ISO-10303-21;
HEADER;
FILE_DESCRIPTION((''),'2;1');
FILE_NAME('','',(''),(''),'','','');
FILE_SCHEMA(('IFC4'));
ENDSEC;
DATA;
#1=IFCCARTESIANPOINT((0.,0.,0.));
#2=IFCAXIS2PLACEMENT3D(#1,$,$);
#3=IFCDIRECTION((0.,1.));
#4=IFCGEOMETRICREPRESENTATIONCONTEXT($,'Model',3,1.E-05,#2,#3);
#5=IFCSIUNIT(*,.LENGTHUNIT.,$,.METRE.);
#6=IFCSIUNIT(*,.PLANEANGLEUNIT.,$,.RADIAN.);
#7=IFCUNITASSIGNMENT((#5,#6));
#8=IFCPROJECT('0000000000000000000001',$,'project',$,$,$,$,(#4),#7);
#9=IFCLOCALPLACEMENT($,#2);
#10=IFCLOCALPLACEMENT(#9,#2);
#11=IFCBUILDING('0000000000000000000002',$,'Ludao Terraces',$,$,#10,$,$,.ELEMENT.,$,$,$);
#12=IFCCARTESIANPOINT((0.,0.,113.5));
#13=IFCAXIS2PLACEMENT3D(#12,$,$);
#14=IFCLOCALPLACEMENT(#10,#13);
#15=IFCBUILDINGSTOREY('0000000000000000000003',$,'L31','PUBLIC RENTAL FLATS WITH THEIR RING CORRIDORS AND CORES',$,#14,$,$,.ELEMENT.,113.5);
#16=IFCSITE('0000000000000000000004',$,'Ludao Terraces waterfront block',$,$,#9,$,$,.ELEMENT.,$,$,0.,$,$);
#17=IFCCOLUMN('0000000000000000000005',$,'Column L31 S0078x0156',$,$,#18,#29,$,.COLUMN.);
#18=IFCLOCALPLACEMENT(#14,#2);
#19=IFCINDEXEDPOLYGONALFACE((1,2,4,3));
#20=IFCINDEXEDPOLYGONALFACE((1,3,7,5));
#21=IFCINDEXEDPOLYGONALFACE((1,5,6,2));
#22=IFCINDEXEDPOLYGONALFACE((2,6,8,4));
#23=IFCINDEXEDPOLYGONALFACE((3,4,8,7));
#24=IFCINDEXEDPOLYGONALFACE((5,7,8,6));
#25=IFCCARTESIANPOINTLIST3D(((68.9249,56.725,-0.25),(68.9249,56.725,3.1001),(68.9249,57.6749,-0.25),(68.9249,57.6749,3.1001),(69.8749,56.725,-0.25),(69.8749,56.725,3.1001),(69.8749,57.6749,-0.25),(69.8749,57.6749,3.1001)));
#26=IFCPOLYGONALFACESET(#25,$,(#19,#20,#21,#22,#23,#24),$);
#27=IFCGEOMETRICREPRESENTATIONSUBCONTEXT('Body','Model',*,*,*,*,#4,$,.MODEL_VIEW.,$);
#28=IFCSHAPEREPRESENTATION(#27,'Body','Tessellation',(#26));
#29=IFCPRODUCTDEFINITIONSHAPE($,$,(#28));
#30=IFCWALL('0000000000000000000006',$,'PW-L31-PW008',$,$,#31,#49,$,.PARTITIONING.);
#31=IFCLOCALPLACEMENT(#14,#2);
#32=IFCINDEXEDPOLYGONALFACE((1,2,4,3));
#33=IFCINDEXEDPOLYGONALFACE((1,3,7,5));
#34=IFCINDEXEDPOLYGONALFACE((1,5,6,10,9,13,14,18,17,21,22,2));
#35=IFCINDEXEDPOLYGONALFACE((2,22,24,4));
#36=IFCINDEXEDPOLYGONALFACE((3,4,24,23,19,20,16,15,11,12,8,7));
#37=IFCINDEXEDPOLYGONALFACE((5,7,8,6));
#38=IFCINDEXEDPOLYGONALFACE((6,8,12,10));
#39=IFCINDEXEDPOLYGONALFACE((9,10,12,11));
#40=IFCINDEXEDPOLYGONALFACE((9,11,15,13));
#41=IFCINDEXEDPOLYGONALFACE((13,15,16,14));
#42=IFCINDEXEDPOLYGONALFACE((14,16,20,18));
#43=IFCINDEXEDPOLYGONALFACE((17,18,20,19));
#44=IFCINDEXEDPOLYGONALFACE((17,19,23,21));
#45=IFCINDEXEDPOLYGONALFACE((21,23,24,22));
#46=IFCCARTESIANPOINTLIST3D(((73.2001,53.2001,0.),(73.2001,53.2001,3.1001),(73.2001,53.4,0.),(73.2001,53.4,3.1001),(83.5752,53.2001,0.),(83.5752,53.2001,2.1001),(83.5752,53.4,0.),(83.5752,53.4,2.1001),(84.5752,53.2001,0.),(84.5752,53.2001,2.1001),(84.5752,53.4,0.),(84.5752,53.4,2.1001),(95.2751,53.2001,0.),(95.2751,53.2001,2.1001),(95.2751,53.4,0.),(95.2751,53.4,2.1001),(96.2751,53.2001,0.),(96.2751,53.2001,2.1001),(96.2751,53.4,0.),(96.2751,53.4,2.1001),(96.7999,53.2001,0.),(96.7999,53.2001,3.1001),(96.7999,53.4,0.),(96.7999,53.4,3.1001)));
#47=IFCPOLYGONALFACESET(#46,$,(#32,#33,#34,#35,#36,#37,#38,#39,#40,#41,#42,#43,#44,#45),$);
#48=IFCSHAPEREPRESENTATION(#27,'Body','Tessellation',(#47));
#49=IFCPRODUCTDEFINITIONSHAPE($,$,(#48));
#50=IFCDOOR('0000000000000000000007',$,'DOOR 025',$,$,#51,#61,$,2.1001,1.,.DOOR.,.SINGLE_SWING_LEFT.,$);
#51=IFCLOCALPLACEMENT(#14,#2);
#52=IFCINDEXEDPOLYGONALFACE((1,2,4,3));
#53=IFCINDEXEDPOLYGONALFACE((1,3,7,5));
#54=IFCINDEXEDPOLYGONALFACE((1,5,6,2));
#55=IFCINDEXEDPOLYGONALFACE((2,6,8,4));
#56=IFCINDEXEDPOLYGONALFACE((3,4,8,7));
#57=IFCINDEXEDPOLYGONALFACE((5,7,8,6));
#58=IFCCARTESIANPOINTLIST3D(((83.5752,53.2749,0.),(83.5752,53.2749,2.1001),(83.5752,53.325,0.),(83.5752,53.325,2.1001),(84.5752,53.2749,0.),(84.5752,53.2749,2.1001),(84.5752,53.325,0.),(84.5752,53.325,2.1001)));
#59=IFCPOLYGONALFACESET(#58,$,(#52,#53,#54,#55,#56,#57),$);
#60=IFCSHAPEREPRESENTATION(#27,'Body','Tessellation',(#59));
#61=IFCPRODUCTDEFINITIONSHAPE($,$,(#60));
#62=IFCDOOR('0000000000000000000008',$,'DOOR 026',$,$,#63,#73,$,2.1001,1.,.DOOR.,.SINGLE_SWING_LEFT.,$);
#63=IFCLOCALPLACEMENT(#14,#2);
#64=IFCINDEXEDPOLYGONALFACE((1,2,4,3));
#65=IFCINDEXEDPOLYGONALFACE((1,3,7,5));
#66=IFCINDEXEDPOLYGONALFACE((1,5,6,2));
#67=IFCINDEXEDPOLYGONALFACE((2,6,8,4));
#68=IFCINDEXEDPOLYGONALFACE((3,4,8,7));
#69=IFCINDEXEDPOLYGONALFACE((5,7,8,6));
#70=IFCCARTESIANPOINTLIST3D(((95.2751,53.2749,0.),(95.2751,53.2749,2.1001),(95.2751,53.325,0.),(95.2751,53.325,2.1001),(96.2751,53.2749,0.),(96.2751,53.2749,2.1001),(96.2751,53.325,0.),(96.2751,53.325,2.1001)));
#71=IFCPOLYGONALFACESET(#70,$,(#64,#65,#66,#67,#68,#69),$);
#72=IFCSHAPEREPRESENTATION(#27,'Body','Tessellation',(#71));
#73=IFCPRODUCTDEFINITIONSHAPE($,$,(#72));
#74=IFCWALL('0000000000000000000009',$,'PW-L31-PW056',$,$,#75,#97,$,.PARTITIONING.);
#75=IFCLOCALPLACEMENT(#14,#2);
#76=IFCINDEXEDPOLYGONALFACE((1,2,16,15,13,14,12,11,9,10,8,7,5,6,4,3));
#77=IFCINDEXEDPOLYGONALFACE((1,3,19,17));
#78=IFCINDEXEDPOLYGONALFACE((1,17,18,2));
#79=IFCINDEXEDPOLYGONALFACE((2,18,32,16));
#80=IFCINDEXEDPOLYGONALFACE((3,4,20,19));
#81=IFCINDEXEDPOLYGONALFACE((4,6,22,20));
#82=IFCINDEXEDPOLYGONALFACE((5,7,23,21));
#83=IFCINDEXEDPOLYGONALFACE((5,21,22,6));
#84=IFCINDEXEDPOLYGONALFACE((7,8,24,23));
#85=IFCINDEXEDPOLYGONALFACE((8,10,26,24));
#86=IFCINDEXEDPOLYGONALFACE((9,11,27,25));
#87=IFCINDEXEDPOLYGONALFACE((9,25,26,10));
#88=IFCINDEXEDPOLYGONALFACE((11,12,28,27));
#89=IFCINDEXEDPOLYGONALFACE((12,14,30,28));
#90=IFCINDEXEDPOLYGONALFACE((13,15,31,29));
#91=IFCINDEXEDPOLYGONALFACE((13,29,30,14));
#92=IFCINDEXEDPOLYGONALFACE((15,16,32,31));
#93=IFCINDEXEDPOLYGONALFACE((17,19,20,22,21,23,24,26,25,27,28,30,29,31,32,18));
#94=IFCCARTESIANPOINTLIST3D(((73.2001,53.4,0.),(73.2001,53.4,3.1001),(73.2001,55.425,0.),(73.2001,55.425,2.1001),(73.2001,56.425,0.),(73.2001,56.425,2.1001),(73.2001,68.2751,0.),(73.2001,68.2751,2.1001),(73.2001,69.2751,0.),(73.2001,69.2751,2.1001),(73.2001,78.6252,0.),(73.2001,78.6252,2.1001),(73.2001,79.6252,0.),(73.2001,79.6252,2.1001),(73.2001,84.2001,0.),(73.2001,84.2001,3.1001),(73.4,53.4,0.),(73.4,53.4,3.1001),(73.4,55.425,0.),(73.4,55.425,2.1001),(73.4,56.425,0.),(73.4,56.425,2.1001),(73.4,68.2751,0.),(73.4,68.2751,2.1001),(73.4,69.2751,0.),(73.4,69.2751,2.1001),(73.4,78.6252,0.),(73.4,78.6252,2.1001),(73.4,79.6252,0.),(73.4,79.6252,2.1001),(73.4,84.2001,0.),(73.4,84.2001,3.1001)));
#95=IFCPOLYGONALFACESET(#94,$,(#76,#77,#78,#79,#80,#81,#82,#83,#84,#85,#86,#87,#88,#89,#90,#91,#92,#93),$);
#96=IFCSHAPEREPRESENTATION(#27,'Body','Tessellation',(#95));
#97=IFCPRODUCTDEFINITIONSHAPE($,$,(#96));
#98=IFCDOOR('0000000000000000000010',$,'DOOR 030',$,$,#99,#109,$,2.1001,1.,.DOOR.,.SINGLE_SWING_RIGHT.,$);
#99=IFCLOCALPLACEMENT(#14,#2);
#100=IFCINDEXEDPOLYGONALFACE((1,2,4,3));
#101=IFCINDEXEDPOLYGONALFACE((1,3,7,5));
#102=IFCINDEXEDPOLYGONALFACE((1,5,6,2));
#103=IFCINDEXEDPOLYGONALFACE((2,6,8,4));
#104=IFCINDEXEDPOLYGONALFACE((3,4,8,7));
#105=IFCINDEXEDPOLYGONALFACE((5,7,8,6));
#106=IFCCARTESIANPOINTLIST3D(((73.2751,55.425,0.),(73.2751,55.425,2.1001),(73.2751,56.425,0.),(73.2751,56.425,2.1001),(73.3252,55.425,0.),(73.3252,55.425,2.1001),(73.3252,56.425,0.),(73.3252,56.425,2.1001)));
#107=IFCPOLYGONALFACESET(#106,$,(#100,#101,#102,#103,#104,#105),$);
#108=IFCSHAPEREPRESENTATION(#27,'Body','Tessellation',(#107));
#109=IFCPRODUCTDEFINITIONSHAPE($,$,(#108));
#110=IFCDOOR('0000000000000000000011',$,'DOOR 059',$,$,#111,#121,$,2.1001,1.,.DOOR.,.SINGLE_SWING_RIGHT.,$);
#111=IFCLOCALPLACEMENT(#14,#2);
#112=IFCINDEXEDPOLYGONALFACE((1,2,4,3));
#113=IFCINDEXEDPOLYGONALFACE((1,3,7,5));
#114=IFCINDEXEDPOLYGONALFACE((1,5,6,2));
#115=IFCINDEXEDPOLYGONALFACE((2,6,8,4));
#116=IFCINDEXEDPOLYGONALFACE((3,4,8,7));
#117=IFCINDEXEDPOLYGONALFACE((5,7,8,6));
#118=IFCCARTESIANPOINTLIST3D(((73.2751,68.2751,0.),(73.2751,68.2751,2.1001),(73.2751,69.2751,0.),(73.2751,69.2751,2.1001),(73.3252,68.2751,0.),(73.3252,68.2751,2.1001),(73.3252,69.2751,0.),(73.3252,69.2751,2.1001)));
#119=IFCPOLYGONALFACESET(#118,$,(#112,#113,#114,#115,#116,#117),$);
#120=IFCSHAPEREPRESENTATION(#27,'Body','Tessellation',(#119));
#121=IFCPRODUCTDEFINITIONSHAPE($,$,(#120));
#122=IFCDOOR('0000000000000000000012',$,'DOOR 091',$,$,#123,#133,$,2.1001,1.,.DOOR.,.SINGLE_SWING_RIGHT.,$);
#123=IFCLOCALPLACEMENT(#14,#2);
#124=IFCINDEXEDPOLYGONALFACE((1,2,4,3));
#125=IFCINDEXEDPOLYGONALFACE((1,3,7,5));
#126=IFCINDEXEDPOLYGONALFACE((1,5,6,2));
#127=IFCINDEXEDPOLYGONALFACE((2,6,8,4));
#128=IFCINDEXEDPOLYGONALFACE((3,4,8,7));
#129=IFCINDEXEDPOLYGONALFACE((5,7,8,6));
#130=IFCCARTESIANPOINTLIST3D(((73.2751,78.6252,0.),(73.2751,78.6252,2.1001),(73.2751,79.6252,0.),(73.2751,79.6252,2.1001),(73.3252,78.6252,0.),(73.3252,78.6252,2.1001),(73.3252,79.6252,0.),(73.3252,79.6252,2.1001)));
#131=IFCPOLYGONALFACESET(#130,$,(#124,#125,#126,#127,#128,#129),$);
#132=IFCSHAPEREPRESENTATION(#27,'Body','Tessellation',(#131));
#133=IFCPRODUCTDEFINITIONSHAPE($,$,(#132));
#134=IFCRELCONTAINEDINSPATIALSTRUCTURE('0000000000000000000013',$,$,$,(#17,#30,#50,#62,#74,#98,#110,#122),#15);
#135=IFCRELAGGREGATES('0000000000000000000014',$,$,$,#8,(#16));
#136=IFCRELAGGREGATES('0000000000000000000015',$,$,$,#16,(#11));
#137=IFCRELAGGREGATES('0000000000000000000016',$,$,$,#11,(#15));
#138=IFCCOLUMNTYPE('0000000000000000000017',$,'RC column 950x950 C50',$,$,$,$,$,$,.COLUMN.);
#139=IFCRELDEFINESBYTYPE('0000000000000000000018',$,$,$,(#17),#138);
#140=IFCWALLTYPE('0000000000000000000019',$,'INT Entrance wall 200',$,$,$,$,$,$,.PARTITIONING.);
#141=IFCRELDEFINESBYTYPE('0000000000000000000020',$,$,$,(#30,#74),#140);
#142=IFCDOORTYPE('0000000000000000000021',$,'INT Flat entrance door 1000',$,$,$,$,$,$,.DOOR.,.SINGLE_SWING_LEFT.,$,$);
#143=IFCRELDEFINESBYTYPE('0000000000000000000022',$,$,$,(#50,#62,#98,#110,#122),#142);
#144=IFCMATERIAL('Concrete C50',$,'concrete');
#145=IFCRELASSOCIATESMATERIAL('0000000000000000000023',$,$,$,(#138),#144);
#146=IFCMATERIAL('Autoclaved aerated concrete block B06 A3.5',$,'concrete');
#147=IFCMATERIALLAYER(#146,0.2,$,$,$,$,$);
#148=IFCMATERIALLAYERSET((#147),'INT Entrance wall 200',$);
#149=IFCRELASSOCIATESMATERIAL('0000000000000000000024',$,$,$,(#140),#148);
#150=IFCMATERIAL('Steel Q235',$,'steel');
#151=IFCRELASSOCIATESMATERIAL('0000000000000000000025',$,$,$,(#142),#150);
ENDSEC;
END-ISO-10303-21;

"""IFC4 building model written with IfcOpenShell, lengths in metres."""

from ifc_helpers import new_model, si_unit, direction, frame, frame_2d, origin, origin_2d, place, context, subcontext, project, spatial, rectangle, extrude, material, layer, layer_set, material_profile, profile_set, type_object, element, fill, save


model = new_model("IFC4")

# Units and contexts
model_context = context("Model", 3, precision=1e-05, world=origin(), true_north=direction((0.0, 1.0)))
body_context = subcontext(model_context, "Body", "Model", "MODEL_VIEW")
ifc_project = project(units=[si_unit("LENGTHUNIT", "METRE"), si_unit("PLANEANGLEUNIT", "RADIAN")], contexts=[model_context])

# Site, building, storey
site_placement = place(None, origin())
site = spatial("IfcSite", under=ifc_project, at=site_placement, Name="Ludao Terraces waterfront block", CompositionType="ELEMENT", RefElevation=0.0)
building_placement = place(site_placement, origin())
building = spatial("IfcBuilding", under=site, at=building_placement, Name="Ludao Terraces", CompositionType="ELEMENT")
storey_placement = place(building_placement, frame((0.0, 0.0, 113.5)))
storey = spatial("IfcBuildingStorey", under=building, at=storey_placement, Name="L31", Description="PUBLIC RENTAL FLATS WITH THEIR RING CORRIDORS AND CORES", CompositionType="ELEMENT", Elevation=113.5)

# Column
ifc_material_1 = material(Name="Concrete C50", Category="concrete")
ifc_material_profile = material_profile(ifc_material_1, rectangle(XDim=0.95, YDim=0.95, at=origin_2d()), Name="950 X 950")
ifc_profile_set = profile_set([ifc_material_profile], Name="Concrete C50")
column_type = type_object("IfcColumnType", Name="RC column 950x950 C50", PredefinedType="COLUMN", material=ifc_profile_set)
column_placement = place(storey_placement, frame((69.3999, 57.2, -0.25), z_axis=(0.0, 0.0, 1.0), x_axis=(1.0, 0.0, 0.0)))
element("IfcColumn", 1, at=column_placement, inside=storey, type_object=column_type, Name="Column L31 S0078x0156", PredefinedType="COLUMN", context=body_context, shape_type="SweptSolid", body=[
    extrude(rectangle(XDim=0.95, YDim=0.95, at=origin_2d()), origin(), (0.0, 0.0, 1.0), 3.3501),
])

# Walls, openings, doors
ifc_material_2 = material(Name="Autoclaved aerated concrete block B06 A3.5", Category="concrete")
ifc_layer_1 = layer(ifc_material_2, 0.2)
ifc_layer_set_1 = layer_set([ifc_layer_1], Name="INT Entrance wall 200")
wall_type_1 = type_object("IfcWallType", Name="INT Entrance wall 200", PredefinedType="PARTITIONING", material=ifc_layer_set_1)
wall_1_placement = place(storey_placement, frame((73.2002, 53.3, 0.0), z_axis=(0.0, 0.0, 1.0), x_axis=(1.0, 0.0, 0.0)))
wall_1 = element("IfcWall", 2, at=wall_1_placement, inside=storey, type_object=wall_type_1, Name="PW-L31-PW008", PredefinedType="PARTITIONING", context=body_context, shape_type="SweptSolid", body=[
    extrude(rectangle(XDim=23.5999, YDim=0.2, at=frame_2d((11.7998, 0.0))), origin(), (0.0, 0.0, 1.0), 3.1001),
])
opening_1_placement = place(wall_1_placement, frame((10.375, 0.0, 0.0)))
opening_1 = element("IfcOpeningElement", 3, at=opening_1_placement, cuts=wall_1, PredefinedType="OPENING", context=body_context, shape_type="SweptSolid", body=[
    extrude(rectangle(XDim=1.0, YDim=2.1001, at=frame_2d((0.5, 1.05))), frame((0.0, 0.1099, 0.0), z_axis=(0.0, -1.0, 0.0), x_axis=(1.0, 0.0, 0.0)), (0.0, 0.0, 1.0), 0.22),
])
opening_2_placement = place(wall_1_placement, frame((22.075, 0.0, 0.0)))
opening_2 = element("IfcOpeningElement", 4, at=opening_2_placement, cuts=wall_1, PredefinedType="OPENING", context=body_context, shape_type="SweptSolid", body=[
    extrude(rectangle(XDim=1.0, YDim=2.1001, at=frame_2d((0.5, 1.05))), frame((0.0, 0.1099, 0.0), z_axis=(0.0, -1.0, 0.0), x_axis=(1.0, 0.0, 0.0)), (0.0, 0.0, 1.0), 0.22),
])
ifc_material_3 = material(Name="Steel Q235", Category="steel")
door_type_1 = type_object("IfcDoorType", Name="INT Flat entrance door 1000", OperationType="SINGLE_SWING_LEFT", PredefinedType="DOOR", material=ifc_material_3)
door_1_placement = place(opening_1_placement, origin())
door_1 = element("IfcDoor", 5, at=door_1_placement, inside=storey, type_object=door_type_1, Name="DOOR 025", OperationType="SINGLE_SWING_LEFT", OverallHeight=2.1001, OverallWidth=1.0, PredefinedType="DOOR", context=body_context, shape_type="SweptSolid", body=[
    extrude(rectangle(XDim=1.0, YDim=2.1001, at=frame_2d((0.5, 1.05))), frame((0.0, 0.0249, 0.0), z_axis=(0.0, -1.0, 0.0), x_axis=(1.0, 0.0, 0.0)), (0.0, 0.0, 1.0), 0.05),
])
fill(opening_1, door_1)
door_2_placement = place(opening_2_placement, origin())
door_2 = element("IfcDoor", 6, at=door_2_placement, inside=storey, type_object=door_type_1, Name="DOOR 026", OperationType="SINGLE_SWING_LEFT", OverallHeight=2.1001, OverallWidth=1.0, PredefinedType="DOOR", context=body_context, shape_type="SweptSolid", body=[
    extrude(rectangle(XDim=1.0, YDim=2.1001, at=frame_2d((0.5, 1.05))), frame((0.0, 0.0249, 0.0), z_axis=(0.0, -1.0, 0.0), x_axis=(1.0, 0.0, 0.0)), (0.0, 0.0, 1.0), 0.05),
])
fill(opening_2, door_2)
wall_2_placement = place(storey_placement, frame((73.3, 53.4001, 0.0), z_axis=(0.0, 0.0, 1.0), x_axis=(0.0, 1.0, 0.0)))
wall_2 = element("IfcWall", 7, at=wall_2_placement, inside=storey, type_object=wall_type_1, Name="PW-L31-PW056", PredefinedType="PARTITIONING", context=body_context, shape_type="SweptSolid", body=[
    extrude(rectangle(XDim=30.8, YDim=0.2, at=frame_2d((15.3999, 0.0))), origin(), (0.0, 0.0, 1.0), 3.1001),
])
opening_3_placement = place(wall_2_placement, frame((2.0249, 0.0, 0.0)))
opening_3 = element("IfcOpeningElement", 8, at=opening_3_placement, cuts=wall_2, PredefinedType="OPENING", context=body_context, shape_type="SweptSolid", body=[
    extrude(rectangle(XDim=1.0, YDim=2.1001, at=frame_2d((0.5, 1.05))), frame((0.0, 0.1099, 0.0), z_axis=(0.0, -1.0, 0.0), x_axis=(1.0, 0.0, 0.0)), (0.0, 0.0, 1.0), 0.22),
])
opening_4_placement = place(wall_2_placement, frame((14.875, 0.0, 0.0)))
opening_4 = element("IfcOpeningElement", 9, at=opening_4_placement, cuts=wall_2, PredefinedType="OPENING", context=body_context, shape_type="SweptSolid", body=[
    extrude(rectangle(XDim=1.0, YDim=2.1001, at=frame_2d((0.5, 1.05))), frame((0.0, 0.1099, 0.0), z_axis=(0.0, -1.0, 0.0), x_axis=(1.0, 0.0, 0.0)), (0.0, 0.0, 1.0), 0.22),
])
opening_5_placement = place(wall_2_placement, frame((25.2251, 0.0, 0.0)))
opening_5 = element("IfcOpeningElement", 10, at=opening_5_placement, cuts=wall_2, PredefinedType="OPENING", context=body_context, shape_type="SweptSolid", body=[
    extrude(rectangle(XDim=1.0, YDim=2.1001, at=frame_2d((0.5, 1.05))), frame((0.0, 0.1099, 0.0), z_axis=(0.0, -1.0, 0.0), x_axis=(1.0, 0.0, 0.0)), (0.0, 0.0, 1.0), 0.22),
])
door_3_placement = place(opening_3_placement, origin())
door_3 = element("IfcDoor", 11, at=door_3_placement, inside=storey, type_object=door_type_1, Name="DOOR 030", OperationType="SINGLE_SWING_RIGHT", OverallHeight=2.1001, OverallWidth=1.0, PredefinedType="DOOR", context=body_context, shape_type="SweptSolid", body=[
    extrude(rectangle(XDim=1.0, YDim=2.1001, at=frame_2d((0.5, 1.05))), frame((0.0, 0.0249, 0.0), z_axis=(0.0, -1.0, 0.0), x_axis=(1.0, 0.0, 0.0)), (0.0, 0.0, 1.0), 0.05),
])
fill(opening_3, door_3)
door_4_placement = place(opening_4_placement, origin())
door_4 = element("IfcDoor", 12, at=door_4_placement, inside=storey, type_object=door_type_1, Name="DOOR 059", OperationType="SINGLE_SWING_RIGHT", OverallHeight=2.1001, OverallWidth=1.0, PredefinedType="DOOR", context=body_context, shape_type="SweptSolid", body=[
    extrude(rectangle(XDim=1.0, YDim=2.1001, at=frame_2d((0.5, 1.05))), frame((0.0, 0.0249, 0.0), z_axis=(0.0, -1.0, 0.0), x_axis=(1.0, 0.0, 0.0)), (0.0, 0.0, 1.0), 0.05),
])
fill(opening_4, door_4)
door_5_placement = place(opening_5_placement, origin())
door_5 = element("IfcDoor", 13, at=door_5_placement, inside=storey, type_object=door_type_1, Name="DOOR 091", OperationType="SINGLE_SWING_RIGHT", OverallHeight=2.1001, OverallWidth=1.0, PredefinedType="DOOR", context=body_context, shape_type="SweptSolid", body=[
    extrude(rectangle(XDim=1.0, YDim=2.1001, at=frame_2d((0.5, 1.05))), frame((0.0, 0.0249, 0.0), z_axis=(0.0, -1.0, 0.0), x_axis=(1.0, 0.0, 0.0)), (0.0, 0.0, 1.0), 0.05),
])
fill(opening_5, door_5)

save(model, "model.ifc")
